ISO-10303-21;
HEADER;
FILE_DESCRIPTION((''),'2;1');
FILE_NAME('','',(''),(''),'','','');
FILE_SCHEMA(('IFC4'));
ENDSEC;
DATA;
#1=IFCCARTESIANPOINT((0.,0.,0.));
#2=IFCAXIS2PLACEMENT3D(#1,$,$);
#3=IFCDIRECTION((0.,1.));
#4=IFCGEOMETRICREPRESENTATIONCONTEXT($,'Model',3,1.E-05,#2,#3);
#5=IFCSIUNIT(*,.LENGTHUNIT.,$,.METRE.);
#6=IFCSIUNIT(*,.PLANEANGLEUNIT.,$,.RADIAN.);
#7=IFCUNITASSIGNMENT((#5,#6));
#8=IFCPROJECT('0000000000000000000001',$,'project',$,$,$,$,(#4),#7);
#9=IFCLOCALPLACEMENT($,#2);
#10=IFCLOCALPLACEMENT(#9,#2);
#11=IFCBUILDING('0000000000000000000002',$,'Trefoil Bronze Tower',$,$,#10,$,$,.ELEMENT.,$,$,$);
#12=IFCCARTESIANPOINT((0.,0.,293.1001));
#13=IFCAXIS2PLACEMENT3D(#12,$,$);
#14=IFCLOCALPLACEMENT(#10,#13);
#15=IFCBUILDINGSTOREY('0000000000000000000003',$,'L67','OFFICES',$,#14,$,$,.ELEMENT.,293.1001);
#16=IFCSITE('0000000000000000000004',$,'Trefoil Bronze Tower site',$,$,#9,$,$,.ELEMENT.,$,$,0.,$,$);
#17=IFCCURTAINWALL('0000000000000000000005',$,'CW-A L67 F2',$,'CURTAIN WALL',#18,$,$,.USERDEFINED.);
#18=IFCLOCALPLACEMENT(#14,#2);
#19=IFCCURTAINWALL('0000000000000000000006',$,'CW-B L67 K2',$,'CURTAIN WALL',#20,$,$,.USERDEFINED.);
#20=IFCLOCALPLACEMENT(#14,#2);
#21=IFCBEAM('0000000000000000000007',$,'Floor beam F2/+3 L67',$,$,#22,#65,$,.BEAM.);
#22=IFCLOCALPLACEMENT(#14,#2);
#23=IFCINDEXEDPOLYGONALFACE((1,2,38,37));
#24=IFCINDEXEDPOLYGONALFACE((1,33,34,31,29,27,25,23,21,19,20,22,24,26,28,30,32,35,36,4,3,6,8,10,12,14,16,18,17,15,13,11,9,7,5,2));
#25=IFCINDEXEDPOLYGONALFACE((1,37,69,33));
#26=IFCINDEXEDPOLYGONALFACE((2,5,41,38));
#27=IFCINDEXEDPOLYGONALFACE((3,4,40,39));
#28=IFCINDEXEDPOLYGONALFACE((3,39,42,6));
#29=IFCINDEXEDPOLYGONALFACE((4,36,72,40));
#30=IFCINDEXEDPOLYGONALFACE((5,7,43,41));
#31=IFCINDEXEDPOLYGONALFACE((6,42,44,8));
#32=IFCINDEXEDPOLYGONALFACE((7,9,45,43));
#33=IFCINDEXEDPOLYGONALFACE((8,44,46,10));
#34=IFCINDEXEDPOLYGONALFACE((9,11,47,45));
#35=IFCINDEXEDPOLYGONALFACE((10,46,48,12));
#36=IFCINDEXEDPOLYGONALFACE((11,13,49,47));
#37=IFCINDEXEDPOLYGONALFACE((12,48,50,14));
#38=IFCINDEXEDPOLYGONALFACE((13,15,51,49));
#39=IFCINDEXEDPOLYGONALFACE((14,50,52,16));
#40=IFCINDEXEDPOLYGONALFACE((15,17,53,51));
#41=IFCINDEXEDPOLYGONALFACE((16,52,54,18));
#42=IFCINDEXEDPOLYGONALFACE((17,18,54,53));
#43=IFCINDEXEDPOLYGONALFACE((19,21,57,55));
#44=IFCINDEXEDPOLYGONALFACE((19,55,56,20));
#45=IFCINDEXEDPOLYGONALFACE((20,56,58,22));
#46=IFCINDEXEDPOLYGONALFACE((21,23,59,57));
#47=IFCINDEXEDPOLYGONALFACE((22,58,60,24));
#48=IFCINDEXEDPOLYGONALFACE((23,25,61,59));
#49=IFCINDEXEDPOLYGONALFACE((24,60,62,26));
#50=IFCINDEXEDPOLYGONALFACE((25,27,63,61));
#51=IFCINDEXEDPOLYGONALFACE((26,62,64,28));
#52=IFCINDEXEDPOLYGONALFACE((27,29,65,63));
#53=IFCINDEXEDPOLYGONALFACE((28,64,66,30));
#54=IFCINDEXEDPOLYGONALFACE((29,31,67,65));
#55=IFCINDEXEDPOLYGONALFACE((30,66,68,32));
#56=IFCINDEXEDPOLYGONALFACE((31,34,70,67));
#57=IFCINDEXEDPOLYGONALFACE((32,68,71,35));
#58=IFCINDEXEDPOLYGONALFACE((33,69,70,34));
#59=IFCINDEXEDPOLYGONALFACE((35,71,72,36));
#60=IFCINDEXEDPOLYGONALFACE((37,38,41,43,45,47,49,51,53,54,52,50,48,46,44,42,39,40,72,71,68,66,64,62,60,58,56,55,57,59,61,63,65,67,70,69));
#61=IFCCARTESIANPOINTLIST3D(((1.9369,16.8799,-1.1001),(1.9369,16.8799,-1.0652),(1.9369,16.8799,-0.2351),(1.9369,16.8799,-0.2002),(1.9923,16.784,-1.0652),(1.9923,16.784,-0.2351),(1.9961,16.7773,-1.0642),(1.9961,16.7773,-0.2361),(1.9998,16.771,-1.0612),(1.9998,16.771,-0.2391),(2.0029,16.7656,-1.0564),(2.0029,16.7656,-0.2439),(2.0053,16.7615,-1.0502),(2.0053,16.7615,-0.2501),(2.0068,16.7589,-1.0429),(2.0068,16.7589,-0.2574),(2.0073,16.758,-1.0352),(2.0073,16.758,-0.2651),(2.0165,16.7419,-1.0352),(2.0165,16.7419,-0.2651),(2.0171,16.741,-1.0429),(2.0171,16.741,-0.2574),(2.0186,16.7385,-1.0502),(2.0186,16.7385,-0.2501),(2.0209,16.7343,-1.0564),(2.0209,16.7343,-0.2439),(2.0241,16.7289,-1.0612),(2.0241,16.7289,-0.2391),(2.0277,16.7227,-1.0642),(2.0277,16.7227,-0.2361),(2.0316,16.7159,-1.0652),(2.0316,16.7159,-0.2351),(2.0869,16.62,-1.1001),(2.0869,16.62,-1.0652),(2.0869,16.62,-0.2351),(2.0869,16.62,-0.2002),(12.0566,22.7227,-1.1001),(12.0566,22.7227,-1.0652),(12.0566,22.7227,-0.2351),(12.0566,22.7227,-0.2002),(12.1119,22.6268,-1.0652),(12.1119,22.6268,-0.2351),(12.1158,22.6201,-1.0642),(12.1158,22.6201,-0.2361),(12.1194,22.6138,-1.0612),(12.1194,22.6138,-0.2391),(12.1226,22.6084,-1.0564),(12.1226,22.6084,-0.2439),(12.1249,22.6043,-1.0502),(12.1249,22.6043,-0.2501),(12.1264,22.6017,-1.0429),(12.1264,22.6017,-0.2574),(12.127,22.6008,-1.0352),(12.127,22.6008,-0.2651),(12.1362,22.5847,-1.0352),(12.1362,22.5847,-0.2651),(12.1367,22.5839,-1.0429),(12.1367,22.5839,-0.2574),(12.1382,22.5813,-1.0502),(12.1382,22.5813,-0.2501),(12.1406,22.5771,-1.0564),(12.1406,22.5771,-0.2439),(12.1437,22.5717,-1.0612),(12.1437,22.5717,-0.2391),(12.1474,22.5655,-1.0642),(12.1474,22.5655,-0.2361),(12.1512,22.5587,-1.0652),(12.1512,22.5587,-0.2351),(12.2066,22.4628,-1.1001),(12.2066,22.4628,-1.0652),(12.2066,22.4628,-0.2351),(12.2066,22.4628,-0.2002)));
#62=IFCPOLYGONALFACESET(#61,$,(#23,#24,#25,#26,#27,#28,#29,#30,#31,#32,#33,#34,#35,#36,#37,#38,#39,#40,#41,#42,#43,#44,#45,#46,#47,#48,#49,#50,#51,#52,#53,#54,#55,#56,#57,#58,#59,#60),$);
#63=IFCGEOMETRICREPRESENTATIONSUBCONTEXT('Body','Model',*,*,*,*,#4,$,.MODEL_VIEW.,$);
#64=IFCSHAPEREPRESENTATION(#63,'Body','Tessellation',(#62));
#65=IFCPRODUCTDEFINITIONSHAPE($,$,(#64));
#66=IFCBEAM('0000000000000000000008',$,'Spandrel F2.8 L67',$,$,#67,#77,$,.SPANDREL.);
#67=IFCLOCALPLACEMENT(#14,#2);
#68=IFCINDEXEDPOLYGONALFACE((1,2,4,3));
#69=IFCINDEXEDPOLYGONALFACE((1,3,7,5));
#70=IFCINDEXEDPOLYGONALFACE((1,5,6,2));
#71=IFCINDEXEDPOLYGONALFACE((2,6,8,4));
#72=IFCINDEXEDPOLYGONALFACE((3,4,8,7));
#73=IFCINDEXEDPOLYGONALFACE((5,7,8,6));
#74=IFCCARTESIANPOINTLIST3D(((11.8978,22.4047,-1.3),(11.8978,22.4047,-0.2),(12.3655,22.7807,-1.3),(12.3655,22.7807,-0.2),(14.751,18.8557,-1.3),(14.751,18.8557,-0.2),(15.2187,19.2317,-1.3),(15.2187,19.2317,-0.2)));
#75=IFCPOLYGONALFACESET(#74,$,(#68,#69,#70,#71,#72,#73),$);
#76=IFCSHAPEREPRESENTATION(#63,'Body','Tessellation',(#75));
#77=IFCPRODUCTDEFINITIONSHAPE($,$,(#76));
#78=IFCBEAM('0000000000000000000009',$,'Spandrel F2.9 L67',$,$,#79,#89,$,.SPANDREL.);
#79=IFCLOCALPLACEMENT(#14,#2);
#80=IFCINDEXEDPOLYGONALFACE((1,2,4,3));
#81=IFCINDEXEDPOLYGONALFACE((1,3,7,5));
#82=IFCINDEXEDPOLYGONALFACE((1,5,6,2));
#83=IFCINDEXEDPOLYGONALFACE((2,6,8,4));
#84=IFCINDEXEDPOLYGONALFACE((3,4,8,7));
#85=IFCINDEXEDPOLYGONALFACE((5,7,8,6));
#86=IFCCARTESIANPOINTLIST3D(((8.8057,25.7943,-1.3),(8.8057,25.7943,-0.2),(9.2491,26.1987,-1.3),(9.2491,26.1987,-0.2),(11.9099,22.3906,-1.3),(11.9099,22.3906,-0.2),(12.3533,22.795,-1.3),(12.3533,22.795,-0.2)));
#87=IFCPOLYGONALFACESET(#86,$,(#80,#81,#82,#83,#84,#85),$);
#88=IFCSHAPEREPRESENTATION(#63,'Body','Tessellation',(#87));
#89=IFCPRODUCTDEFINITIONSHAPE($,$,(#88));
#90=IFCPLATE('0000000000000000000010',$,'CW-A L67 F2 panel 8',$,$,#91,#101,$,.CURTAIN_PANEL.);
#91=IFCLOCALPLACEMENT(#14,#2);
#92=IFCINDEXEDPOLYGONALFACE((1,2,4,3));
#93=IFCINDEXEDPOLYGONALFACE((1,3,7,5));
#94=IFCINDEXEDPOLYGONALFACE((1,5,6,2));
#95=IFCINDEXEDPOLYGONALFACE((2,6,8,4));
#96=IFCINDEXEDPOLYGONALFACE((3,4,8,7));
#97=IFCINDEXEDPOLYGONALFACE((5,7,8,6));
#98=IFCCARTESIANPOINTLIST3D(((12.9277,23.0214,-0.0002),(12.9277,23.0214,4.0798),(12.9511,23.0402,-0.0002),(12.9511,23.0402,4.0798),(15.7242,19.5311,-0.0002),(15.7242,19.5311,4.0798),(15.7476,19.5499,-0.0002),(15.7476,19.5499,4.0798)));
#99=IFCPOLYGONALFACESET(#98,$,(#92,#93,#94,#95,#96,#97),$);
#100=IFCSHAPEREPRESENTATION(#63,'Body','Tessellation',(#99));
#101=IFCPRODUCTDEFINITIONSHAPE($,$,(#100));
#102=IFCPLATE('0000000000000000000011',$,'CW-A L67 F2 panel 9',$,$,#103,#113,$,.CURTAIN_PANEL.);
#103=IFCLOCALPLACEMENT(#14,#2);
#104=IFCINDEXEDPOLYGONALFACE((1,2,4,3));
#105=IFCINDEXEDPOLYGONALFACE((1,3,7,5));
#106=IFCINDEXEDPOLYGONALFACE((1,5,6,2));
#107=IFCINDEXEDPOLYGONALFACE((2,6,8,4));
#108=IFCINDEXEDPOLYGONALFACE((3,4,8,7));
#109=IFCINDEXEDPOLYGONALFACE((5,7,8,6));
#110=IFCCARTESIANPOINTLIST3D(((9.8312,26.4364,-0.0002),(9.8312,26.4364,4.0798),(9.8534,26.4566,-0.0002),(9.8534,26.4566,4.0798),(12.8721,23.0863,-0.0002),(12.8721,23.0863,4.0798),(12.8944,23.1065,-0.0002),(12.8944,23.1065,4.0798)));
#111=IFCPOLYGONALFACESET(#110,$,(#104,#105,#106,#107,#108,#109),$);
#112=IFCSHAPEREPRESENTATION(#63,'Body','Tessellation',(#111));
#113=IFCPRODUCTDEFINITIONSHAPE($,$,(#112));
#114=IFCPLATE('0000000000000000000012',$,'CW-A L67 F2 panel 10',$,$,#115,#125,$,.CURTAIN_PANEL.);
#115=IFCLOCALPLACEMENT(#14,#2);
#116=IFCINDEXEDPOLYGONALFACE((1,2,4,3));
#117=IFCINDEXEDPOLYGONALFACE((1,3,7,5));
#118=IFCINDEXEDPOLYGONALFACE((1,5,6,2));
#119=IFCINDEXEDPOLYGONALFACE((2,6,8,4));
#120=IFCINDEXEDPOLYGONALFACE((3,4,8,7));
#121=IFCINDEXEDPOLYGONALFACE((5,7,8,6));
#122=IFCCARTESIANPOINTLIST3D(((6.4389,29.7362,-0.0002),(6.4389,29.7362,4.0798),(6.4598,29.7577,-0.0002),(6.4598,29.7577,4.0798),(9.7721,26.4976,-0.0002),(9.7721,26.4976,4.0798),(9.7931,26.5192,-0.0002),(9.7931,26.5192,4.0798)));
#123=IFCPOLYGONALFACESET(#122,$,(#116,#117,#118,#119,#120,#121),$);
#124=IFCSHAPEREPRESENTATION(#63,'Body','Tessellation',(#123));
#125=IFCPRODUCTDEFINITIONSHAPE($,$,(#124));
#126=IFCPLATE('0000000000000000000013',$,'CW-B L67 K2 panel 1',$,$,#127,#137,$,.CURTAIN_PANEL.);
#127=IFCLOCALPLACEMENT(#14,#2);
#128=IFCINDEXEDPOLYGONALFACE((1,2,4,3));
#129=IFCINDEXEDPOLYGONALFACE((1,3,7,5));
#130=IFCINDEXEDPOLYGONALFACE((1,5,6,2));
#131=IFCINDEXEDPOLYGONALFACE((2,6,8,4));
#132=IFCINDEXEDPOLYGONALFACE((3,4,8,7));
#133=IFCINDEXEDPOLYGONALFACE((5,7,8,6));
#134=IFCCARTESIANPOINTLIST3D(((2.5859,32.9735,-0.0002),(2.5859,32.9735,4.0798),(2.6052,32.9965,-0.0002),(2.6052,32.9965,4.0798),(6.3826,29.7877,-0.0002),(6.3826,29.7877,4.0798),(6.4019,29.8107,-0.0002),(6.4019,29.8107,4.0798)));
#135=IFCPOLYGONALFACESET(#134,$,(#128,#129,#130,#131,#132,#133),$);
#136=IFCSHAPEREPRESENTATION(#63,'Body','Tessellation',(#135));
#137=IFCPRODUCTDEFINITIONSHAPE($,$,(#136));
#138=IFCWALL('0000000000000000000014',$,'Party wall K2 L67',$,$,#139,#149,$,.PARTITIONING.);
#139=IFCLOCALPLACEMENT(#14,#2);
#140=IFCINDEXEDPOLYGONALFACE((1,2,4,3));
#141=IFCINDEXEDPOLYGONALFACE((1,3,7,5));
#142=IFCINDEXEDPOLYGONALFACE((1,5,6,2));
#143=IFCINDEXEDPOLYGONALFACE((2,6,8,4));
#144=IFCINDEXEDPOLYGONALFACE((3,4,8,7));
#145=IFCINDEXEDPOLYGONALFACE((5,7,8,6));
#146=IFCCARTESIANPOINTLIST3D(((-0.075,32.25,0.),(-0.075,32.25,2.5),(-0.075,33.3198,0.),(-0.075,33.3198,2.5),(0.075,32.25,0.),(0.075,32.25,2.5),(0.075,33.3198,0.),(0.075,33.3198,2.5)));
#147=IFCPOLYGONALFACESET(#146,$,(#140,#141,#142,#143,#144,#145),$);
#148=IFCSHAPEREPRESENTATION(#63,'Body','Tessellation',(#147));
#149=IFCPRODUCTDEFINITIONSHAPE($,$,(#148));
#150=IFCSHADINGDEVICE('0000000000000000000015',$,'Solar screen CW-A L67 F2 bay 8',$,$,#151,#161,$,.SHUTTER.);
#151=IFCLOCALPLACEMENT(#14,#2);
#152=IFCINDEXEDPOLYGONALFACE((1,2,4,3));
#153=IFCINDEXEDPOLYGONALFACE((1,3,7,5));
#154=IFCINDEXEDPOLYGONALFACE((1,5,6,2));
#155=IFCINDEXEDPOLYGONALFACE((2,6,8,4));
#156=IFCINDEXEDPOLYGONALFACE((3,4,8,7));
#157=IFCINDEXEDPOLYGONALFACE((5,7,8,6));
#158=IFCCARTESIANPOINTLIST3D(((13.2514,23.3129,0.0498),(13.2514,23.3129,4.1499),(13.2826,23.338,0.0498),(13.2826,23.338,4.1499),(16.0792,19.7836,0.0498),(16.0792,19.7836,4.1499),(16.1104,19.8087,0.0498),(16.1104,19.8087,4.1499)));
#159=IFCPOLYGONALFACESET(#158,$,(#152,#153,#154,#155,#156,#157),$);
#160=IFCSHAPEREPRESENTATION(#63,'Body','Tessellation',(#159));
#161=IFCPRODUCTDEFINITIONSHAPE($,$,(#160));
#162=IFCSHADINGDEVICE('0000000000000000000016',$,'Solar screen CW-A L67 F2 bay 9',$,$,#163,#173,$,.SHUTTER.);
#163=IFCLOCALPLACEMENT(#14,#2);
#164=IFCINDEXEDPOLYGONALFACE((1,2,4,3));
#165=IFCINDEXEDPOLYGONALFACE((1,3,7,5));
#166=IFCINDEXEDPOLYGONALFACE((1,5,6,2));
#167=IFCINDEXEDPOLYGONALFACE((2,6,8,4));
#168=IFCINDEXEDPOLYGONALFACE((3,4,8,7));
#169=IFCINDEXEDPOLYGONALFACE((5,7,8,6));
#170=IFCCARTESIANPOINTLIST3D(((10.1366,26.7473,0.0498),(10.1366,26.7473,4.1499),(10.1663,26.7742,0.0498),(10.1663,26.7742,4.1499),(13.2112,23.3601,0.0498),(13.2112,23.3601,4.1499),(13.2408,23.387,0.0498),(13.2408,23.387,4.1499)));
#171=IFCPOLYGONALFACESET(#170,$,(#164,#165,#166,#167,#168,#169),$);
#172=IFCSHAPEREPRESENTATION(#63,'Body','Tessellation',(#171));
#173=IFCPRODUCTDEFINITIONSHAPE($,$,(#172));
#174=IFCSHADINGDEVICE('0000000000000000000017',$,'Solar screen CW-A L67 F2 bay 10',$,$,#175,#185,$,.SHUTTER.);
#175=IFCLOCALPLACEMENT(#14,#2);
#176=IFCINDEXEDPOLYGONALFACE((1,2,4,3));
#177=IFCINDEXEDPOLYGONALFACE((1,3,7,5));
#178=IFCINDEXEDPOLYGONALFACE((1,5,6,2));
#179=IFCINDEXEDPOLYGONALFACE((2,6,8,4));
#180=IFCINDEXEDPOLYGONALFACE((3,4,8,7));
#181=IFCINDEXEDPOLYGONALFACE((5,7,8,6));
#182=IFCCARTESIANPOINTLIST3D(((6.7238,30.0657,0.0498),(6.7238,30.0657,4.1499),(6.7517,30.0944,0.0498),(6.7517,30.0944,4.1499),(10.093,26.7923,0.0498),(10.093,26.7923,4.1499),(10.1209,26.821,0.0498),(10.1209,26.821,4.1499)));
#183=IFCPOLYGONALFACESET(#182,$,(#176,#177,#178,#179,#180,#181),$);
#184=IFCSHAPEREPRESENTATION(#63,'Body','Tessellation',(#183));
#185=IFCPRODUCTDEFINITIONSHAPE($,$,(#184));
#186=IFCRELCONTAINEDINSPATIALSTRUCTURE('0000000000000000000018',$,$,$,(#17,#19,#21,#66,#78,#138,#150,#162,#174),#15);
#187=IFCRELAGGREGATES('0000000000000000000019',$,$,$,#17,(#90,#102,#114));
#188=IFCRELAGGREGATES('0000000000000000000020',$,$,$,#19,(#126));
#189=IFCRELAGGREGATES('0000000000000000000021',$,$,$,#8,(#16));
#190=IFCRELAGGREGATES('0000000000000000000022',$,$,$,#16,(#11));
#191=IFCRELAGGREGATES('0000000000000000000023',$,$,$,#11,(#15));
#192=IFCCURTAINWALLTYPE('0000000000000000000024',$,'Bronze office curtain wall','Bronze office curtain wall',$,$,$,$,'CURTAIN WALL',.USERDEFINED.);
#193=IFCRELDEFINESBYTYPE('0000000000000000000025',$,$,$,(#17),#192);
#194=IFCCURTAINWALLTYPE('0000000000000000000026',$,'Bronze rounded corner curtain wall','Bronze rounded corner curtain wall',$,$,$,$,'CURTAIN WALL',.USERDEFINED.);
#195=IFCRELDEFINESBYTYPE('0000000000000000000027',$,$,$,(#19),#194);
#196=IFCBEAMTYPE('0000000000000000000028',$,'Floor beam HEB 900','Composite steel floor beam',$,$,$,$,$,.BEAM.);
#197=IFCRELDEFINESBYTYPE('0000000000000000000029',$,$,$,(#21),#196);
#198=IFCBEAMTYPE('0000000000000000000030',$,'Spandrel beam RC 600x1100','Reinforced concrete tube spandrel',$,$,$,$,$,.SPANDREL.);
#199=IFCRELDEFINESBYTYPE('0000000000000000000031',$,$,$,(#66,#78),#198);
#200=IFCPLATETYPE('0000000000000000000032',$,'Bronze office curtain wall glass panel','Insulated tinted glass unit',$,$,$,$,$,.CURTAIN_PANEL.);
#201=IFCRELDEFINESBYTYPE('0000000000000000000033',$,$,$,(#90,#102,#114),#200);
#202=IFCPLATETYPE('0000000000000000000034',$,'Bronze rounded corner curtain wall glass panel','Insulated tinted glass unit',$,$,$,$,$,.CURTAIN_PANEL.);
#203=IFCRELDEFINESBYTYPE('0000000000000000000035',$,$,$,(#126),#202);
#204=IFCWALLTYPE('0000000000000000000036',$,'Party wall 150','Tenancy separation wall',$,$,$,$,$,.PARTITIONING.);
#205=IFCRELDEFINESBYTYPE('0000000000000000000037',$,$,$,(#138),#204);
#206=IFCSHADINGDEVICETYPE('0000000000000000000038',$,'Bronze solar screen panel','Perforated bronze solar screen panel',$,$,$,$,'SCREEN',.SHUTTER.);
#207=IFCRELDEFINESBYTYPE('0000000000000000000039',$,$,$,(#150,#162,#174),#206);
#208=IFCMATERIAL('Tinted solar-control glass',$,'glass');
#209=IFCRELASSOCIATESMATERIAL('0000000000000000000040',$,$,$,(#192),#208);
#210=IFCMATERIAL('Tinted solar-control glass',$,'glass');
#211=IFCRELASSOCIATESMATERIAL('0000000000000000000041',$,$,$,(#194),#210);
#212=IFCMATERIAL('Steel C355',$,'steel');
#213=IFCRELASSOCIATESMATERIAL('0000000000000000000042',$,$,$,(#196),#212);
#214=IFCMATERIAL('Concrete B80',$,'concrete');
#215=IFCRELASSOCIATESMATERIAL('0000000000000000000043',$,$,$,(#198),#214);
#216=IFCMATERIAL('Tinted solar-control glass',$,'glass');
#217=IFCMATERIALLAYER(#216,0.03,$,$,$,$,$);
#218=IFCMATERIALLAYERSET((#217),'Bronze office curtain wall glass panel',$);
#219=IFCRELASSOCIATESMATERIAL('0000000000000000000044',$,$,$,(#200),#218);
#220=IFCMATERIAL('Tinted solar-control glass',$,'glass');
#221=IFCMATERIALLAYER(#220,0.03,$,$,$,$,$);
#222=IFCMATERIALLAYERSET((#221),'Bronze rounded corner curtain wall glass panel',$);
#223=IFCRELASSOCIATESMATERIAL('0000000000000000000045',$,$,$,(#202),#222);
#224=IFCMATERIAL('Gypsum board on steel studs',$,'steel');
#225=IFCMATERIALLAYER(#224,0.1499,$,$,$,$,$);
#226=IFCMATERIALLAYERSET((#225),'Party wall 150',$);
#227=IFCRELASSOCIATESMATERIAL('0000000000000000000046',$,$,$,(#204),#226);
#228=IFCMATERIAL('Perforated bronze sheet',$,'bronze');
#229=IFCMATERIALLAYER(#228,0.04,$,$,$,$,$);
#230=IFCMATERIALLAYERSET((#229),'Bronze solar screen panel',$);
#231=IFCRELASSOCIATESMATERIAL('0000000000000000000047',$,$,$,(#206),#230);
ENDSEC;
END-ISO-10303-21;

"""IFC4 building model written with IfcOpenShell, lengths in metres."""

from ifc_helpers import new_model, si_unit, direction, frame, frame_2d, origin, origin_2d, place, context, subcontext, project, spatial, rectangle, i_section, extrude, material, layer, layer_set, material_profile, profile_set, type_object, element, aggregate, save


model = new_model("IFC4")

# Units and contexts
model_context = context("Model", 3, precision=1e-05, world=origin(), true_north=direction((0.0, 1.0)))
body_context = subcontext(model_context, "Body", "Model", "MODEL_VIEW")
ifc_project = project(units=[si_unit("LENGTHUNIT", "METRE"), si_unit("PLANEANGLEUNIT", "RADIAN")], contexts=[model_context])

# Site, building, storey
site_placement = place(None, origin())
site = spatial("IfcSite", under=ifc_project, at=site_placement, Name="Trefoil Bronze Tower site", CompositionType="ELEMENT", RefElevation=0.0)
building_placement = place(site_placement, origin())
building = spatial("IfcBuilding", under=site, at=building_placement, Name="Trefoil Bronze Tower", CompositionType="ELEMENT")
storey_placement = place(building_placement, frame((0.0, 0.0, 293.1001)))
storey = spatial("IfcBuildingStorey", under=building, at=storey_placement, Name="L67", Description="OFFICES", CompositionType="ELEMENT", Elevation=293.1001)

# Curtain walls
ifc_material_1 = material(Name="Tinted solar-control glass", Category="glass")
curtain_wall_type_1 = type_object("IfcCurtainWallType", Name="Bronze office curtain wall", Description="Bronze office curtain wall", ElementType="CURTAIN WALL", PredefinedType="USERDEFINED", material=ifc_material_1)
curtain_wall_1_placement = place(storey_placement, origin())
curtain_wall_1 = element("IfcCurtainWall", 1, at=curtain_wall_1_placement, inside=storey, type_object=curtain_wall_type_1, Name="CW-A L67 F2", ObjectType="CURTAIN WALL", PredefinedType="USERDEFINED")
ifc_material_2 = material(Name="Tinted solar-control glass", Category="glass")
curtain_wall_type_2 = type_object("IfcCurtainWallType", Name="Bronze rounded corner curtain wall", Description="Bronze rounded corner curtain wall", ElementType="CURTAIN WALL", PredefinedType="USERDEFINED", material=ifc_material_2)
curtain_wall_2_placement = place(storey_placement, origin())
curtain_wall_2 = element("IfcCurtainWall", 2, at=curtain_wall_2_placement, inside=storey, type_object=curtain_wall_type_2, Name="CW-B L67 K2", ObjectType="CURTAIN WALL", PredefinedType="USERDEFINED")

# Beams
ifc_material_3 = material(Name="Steel C355", Category="steel")
ifc_material_profile_1 = material_profile(ifc_material_3, i_section(OverallWidth=0.3, OverallDepth=0.8999, WebThickness=0.0186, FlangeThickness=0.0349, FilletRadius=0.03, at=origin_2d()), Name="HEB 900")
ifc_profile_set_1 = profile_set([ifc_material_profile_1], Name="Steel C355")
beam_type_1 = type_object("IfcBeamType", Name="Floor beam HEB 900", Description="Composite steel floor beam", PredefinedType="BEAM", material=ifc_profile_set_1)
beam_1_placement = place(storey_placement, frame((12.1316, 22.5928, -0.6501), z_axis=(-0.866018, -0.500013, 0.0), x_axis=(0.500013, -0.866018, 0.0)))
element("IfcBeam", 3, at=beam_1_placement, inside=storey, type_object=beam_type_1, Name="Floor beam F2/+3 L67", PredefinedType="BEAM", context=body_context, shape_type="SweptSolid", body=[
    extrude(i_section(OverallWidth=0.3, OverallDepth=0.8999, WebThickness=0.0186, FlangeThickness=0.0349, FilletRadius=0.03, at=origin_2d()), origin(), (0.0, 0.0, 1.0), 11.6853),
])
ifc_material_4 = material(Name="Concrete B80", Category="concrete")
ifc_material_profile_2 = material_profile(ifc_material_4, rectangle(XDim=0.6001, YDim=1.1001, at=origin_2d()), Name="RC 600x1100")
ifc_profile_set_2 = profile_set([ifc_material_profile_2], Name="Concrete B80")
beam_type_2 = type_object("IfcBeamType", Name="Spandrel beam RC 600x1100", Description="Reinforced concrete tube spandrel", PredefinedType="SPANDREL", material=ifc_profile_set_2)
beam_2_placement = place(storey_placement, frame((14.9849, 19.0437, -0.75), z_axis=(-0.62657, 0.779365, 0.0), x_axis=(-0.779365, -0.62657, 0.0)))
element("IfcBeam", 4, at=beam_2_placement, inside=storey, type_object=beam_type_2, Name="Spandrel F2.8 L67", PredefinedType="SPANDREL", context=body_context, shape_type="SweptSolid", body=[
    extrude(rectangle(XDim=0.6001, YDim=1.1001, at=origin_2d()), origin(), (0.0, 0.0, 1.0), 4.5537),
])
beam_3_placement = place(storey_placement, frame((12.1316, 22.5928, -0.75), z_axis=(-0.673846, 0.738872, 0.0), x_axis=(-0.738872, -0.673846, 0.0)))
element("IfcBeam", 5, at=beam_3_placement, inside=storey, type_object=beam_type_2, Name="Spandrel F2.9 L67", PredefinedType="SPANDREL", context=body_context, shape_type="SweptSolid", body=[
    extrude(rectangle(XDim=0.6001, YDim=1.1001, at=origin_2d()), origin(), (0.0, 0.0, 1.0), 4.6067),
])

# Plates
ifc_material_5 = material(Name="Tinted solar-control glass", Category="glass")
ifc_layer_1 = layer(ifc_material_5, 0.03)
ifc_layer_set_1 = layer_set([ifc_layer_1], Name="Bronze office curtain wall glass panel")
plate_type_1 = type_object("IfcPlateType", Name="Bronze office curtain wall glass panel", Description="Insulated tinted glass unit", PredefinedType="CURTAIN_PANEL", material=ifc_layer_set_1)
plate_1_placement = place(storey_placement, frame((14.3376, 21.2856, -0.0002), z_axis=(0.0, 0.0, 1.0), x_axis=(-0.625287, 0.780395, 0.0)))
plate_1 = element("IfcPlate", 6, at=plate_1_placement, type_object=plate_type_1, Name="CW-A L67 F2 panel 8", PredefinedType="CURTAIN_PANEL", context=body_context, shape_type="SweptSolid", body=[
    extrude(rectangle(XDim=4.4724, YDim=0.03, at=origin_2d()), origin(), (0.0, 0.0, 1.0), 4.0801),
])
plate_2_placement = place(storey_placement, frame((11.3628, 24.7715, -0.0002), z_axis=(0.0, 0.0, 1.0), x_axis=(-0.672115, 0.740447, 0.0)))
plate_2 = element("IfcPlate", 7, at=plate_2_placement, type_object=plate_type_1, Name="CW-A L67 F2 panel 9", PredefinedType="CURTAIN_PANEL", context=body_context, shape_type="SweptSolid", body=[
    extrude(rectangle(XDim=4.5244, YDim=0.03, at=origin_2d()), origin(), (0.0, 0.0, 1.0), 4.0801),
])
plate_3_placement = place(storey_placement, frame((8.116, 28.1277, -0.0002), z_axis=(0.0, 0.0, 1.0), x_axis=(-0.717218, 0.696849, 0.0)))
plate_3 = element("IfcPlate", 8, at=plate_3_placement, type_object=plate_type_1, Name="CW-A L67 F2 panel 10", PredefinedType="CURTAIN_PANEL", context=body_context, shape_type="SweptSolid", body=[
    extrude(rectangle(XDim=4.6475, YDim=0.03, at=origin_2d()), origin(), (0.0, 0.0, 1.0), 4.0801),
])
aggregate(curtain_wall_1, [plate_1, plate_2, plate_3])
ifc_material_6 = material(Name="Tinted solar-control glass", Category="glass")
ifc_layer_2 = layer(ifc_material_6, 0.03)
ifc_layer_set_2 = layer_set([ifc_layer_2], Name="Bronze rounded corner curtain wall glass panel")
plate_type_2 = type_object("IfcPlateType", Name="Bronze rounded corner curtain wall glass panel", Description="Insulated tinted glass unit", PredefinedType="CURTAIN_PANEL", material=ifc_layer_set_2)
plate_4_placement = place(storey_placement, frame((4.4939, 31.3921, -0.0002), z_axis=(0.0, 0.0, 1.0), x_axis=(-0.766044, 0.642788, 0.0)))
plate_4 = element("IfcPlate", 9, at=plate_4_placement, type_object=plate_type_2, Name="CW-B L67 K2 panel 1", PredefinedType="CURTAIN_PANEL", context=body_context, shape_type="SweptSolid", body=[
    extrude(rectangle(XDim=4.9563, YDim=0.03, at=origin_2d()), origin(), (0.0, 0.0, 1.0), 4.0801),
])
aggregate(curtain_wall_2, [plate_4])

# Wall
ifc_material_7 = material(Name="Gypsum board on steel studs", Category="steel")
ifc_layer_3 = layer(ifc_material_7, 0.1499)
ifc_layer_set_3 = layer_set([ifc_layer_3], Name="Party wall 150")
wall_type = type_object("IfcWallType", Name="Party wall 150", Description="Tenancy separation wall", PredefinedType="PARTITIONING", material=ifc_layer_set_3)
wall_placement = place(storey_placement, frame((0.0, 32.25, 0.0), z_axis=(0.0, 0.0, 1.0), x_axis=(0.0, 1.0, 0.0)))
element("IfcWall", 10, at=wall_placement, inside=storey, type_object=wall_type, Name="Party wall K2 L67", PredefinedType="PARTITIONING", context=body_context, shape_type="SweptSolid", body=[
    extrude(rectangle(XDim=1.0698, YDim=0.1499, at=frame_2d((0.5349, 0.0))), origin(), (0.0, 0.0, 1.0), 2.5),
])

# Shading devices
ifc_material_8 = material(Name="Perforated bronze sheet", Category="bronze")
ifc_layer_4 = layer(ifc_material_8, 0.04)
ifc_layer_set_4 = layer_set([ifc_layer_4], Name="Bronze solar screen panel")
shading_device_type = type_object("IfcShadingDeviceType", Name="Bronze solar screen panel", Description="Perforated bronze solar screen panel", ElementType="SCREEN", PredefinedType="SHUTTER", material=ifc_layer_set_4)
shading_device_1_placement = place(storey_placement, frame((14.6809, 21.5608, 0.0498), z_axis=(0.0, 0.0, 1.0), x_axis=(-0.625287, 0.780395, 0.0)))
element("IfcShadingDevice", 11, at=shading_device_1_placement, inside=storey, type_object=shading_device_type, Name="Solar screen CW-A L67 F2 bay 8", PredefinedType="SHUTTER", context=body_context, shape_type="SweptSolid", body=[
    extrude(rectangle(XDim=4.5225, YDim=0.04, at=origin_2d()), origin(), (0.0, 0.0, 1.0), 4.1001),
])
shading_device_2_placement = place(storey_placement, frame((11.6887, 25.0671, 0.0498), z_axis=(0.0, 0.0, 1.0), x_axis=(-0.672115, 0.740447, 0.0)))
element("IfcShadingDevice", 12, at=shading_device_2_placement, inside=storey, type_object=shading_device_type, Name="Solar screen CW-A L67 F2 bay 9", PredefinedType="SHUTTER", context=body_context, shape_type="SweptSolid", body=[
    extrude(rectangle(XDim=4.5745, YDim=0.04, at=origin_2d()), origin(), (0.0, 0.0, 1.0), 4.1001),
])
shading_device_3_placement = place(storey_placement, frame((8.4224, 28.4434, 0.0498), z_axis=(0.0, 0.0, 1.0), x_axis=(-0.717218, 0.696849, 0.0)))
element("IfcShadingDevice", 13, at=shading_device_3_placement, inside=storey, type_object=shading_device_type, Name="Solar screen CW-A L67 F2 bay 10", PredefinedType="SHUTTER", context=body_context, shape_type="SweptSolid", body=[
    extrude(rectangle(XDim=4.6975, YDim=0.04, at=origin_2d()), origin(), (0.0, 0.0, 1.0), 4.1001),
])

save(model, "model.ifc")
